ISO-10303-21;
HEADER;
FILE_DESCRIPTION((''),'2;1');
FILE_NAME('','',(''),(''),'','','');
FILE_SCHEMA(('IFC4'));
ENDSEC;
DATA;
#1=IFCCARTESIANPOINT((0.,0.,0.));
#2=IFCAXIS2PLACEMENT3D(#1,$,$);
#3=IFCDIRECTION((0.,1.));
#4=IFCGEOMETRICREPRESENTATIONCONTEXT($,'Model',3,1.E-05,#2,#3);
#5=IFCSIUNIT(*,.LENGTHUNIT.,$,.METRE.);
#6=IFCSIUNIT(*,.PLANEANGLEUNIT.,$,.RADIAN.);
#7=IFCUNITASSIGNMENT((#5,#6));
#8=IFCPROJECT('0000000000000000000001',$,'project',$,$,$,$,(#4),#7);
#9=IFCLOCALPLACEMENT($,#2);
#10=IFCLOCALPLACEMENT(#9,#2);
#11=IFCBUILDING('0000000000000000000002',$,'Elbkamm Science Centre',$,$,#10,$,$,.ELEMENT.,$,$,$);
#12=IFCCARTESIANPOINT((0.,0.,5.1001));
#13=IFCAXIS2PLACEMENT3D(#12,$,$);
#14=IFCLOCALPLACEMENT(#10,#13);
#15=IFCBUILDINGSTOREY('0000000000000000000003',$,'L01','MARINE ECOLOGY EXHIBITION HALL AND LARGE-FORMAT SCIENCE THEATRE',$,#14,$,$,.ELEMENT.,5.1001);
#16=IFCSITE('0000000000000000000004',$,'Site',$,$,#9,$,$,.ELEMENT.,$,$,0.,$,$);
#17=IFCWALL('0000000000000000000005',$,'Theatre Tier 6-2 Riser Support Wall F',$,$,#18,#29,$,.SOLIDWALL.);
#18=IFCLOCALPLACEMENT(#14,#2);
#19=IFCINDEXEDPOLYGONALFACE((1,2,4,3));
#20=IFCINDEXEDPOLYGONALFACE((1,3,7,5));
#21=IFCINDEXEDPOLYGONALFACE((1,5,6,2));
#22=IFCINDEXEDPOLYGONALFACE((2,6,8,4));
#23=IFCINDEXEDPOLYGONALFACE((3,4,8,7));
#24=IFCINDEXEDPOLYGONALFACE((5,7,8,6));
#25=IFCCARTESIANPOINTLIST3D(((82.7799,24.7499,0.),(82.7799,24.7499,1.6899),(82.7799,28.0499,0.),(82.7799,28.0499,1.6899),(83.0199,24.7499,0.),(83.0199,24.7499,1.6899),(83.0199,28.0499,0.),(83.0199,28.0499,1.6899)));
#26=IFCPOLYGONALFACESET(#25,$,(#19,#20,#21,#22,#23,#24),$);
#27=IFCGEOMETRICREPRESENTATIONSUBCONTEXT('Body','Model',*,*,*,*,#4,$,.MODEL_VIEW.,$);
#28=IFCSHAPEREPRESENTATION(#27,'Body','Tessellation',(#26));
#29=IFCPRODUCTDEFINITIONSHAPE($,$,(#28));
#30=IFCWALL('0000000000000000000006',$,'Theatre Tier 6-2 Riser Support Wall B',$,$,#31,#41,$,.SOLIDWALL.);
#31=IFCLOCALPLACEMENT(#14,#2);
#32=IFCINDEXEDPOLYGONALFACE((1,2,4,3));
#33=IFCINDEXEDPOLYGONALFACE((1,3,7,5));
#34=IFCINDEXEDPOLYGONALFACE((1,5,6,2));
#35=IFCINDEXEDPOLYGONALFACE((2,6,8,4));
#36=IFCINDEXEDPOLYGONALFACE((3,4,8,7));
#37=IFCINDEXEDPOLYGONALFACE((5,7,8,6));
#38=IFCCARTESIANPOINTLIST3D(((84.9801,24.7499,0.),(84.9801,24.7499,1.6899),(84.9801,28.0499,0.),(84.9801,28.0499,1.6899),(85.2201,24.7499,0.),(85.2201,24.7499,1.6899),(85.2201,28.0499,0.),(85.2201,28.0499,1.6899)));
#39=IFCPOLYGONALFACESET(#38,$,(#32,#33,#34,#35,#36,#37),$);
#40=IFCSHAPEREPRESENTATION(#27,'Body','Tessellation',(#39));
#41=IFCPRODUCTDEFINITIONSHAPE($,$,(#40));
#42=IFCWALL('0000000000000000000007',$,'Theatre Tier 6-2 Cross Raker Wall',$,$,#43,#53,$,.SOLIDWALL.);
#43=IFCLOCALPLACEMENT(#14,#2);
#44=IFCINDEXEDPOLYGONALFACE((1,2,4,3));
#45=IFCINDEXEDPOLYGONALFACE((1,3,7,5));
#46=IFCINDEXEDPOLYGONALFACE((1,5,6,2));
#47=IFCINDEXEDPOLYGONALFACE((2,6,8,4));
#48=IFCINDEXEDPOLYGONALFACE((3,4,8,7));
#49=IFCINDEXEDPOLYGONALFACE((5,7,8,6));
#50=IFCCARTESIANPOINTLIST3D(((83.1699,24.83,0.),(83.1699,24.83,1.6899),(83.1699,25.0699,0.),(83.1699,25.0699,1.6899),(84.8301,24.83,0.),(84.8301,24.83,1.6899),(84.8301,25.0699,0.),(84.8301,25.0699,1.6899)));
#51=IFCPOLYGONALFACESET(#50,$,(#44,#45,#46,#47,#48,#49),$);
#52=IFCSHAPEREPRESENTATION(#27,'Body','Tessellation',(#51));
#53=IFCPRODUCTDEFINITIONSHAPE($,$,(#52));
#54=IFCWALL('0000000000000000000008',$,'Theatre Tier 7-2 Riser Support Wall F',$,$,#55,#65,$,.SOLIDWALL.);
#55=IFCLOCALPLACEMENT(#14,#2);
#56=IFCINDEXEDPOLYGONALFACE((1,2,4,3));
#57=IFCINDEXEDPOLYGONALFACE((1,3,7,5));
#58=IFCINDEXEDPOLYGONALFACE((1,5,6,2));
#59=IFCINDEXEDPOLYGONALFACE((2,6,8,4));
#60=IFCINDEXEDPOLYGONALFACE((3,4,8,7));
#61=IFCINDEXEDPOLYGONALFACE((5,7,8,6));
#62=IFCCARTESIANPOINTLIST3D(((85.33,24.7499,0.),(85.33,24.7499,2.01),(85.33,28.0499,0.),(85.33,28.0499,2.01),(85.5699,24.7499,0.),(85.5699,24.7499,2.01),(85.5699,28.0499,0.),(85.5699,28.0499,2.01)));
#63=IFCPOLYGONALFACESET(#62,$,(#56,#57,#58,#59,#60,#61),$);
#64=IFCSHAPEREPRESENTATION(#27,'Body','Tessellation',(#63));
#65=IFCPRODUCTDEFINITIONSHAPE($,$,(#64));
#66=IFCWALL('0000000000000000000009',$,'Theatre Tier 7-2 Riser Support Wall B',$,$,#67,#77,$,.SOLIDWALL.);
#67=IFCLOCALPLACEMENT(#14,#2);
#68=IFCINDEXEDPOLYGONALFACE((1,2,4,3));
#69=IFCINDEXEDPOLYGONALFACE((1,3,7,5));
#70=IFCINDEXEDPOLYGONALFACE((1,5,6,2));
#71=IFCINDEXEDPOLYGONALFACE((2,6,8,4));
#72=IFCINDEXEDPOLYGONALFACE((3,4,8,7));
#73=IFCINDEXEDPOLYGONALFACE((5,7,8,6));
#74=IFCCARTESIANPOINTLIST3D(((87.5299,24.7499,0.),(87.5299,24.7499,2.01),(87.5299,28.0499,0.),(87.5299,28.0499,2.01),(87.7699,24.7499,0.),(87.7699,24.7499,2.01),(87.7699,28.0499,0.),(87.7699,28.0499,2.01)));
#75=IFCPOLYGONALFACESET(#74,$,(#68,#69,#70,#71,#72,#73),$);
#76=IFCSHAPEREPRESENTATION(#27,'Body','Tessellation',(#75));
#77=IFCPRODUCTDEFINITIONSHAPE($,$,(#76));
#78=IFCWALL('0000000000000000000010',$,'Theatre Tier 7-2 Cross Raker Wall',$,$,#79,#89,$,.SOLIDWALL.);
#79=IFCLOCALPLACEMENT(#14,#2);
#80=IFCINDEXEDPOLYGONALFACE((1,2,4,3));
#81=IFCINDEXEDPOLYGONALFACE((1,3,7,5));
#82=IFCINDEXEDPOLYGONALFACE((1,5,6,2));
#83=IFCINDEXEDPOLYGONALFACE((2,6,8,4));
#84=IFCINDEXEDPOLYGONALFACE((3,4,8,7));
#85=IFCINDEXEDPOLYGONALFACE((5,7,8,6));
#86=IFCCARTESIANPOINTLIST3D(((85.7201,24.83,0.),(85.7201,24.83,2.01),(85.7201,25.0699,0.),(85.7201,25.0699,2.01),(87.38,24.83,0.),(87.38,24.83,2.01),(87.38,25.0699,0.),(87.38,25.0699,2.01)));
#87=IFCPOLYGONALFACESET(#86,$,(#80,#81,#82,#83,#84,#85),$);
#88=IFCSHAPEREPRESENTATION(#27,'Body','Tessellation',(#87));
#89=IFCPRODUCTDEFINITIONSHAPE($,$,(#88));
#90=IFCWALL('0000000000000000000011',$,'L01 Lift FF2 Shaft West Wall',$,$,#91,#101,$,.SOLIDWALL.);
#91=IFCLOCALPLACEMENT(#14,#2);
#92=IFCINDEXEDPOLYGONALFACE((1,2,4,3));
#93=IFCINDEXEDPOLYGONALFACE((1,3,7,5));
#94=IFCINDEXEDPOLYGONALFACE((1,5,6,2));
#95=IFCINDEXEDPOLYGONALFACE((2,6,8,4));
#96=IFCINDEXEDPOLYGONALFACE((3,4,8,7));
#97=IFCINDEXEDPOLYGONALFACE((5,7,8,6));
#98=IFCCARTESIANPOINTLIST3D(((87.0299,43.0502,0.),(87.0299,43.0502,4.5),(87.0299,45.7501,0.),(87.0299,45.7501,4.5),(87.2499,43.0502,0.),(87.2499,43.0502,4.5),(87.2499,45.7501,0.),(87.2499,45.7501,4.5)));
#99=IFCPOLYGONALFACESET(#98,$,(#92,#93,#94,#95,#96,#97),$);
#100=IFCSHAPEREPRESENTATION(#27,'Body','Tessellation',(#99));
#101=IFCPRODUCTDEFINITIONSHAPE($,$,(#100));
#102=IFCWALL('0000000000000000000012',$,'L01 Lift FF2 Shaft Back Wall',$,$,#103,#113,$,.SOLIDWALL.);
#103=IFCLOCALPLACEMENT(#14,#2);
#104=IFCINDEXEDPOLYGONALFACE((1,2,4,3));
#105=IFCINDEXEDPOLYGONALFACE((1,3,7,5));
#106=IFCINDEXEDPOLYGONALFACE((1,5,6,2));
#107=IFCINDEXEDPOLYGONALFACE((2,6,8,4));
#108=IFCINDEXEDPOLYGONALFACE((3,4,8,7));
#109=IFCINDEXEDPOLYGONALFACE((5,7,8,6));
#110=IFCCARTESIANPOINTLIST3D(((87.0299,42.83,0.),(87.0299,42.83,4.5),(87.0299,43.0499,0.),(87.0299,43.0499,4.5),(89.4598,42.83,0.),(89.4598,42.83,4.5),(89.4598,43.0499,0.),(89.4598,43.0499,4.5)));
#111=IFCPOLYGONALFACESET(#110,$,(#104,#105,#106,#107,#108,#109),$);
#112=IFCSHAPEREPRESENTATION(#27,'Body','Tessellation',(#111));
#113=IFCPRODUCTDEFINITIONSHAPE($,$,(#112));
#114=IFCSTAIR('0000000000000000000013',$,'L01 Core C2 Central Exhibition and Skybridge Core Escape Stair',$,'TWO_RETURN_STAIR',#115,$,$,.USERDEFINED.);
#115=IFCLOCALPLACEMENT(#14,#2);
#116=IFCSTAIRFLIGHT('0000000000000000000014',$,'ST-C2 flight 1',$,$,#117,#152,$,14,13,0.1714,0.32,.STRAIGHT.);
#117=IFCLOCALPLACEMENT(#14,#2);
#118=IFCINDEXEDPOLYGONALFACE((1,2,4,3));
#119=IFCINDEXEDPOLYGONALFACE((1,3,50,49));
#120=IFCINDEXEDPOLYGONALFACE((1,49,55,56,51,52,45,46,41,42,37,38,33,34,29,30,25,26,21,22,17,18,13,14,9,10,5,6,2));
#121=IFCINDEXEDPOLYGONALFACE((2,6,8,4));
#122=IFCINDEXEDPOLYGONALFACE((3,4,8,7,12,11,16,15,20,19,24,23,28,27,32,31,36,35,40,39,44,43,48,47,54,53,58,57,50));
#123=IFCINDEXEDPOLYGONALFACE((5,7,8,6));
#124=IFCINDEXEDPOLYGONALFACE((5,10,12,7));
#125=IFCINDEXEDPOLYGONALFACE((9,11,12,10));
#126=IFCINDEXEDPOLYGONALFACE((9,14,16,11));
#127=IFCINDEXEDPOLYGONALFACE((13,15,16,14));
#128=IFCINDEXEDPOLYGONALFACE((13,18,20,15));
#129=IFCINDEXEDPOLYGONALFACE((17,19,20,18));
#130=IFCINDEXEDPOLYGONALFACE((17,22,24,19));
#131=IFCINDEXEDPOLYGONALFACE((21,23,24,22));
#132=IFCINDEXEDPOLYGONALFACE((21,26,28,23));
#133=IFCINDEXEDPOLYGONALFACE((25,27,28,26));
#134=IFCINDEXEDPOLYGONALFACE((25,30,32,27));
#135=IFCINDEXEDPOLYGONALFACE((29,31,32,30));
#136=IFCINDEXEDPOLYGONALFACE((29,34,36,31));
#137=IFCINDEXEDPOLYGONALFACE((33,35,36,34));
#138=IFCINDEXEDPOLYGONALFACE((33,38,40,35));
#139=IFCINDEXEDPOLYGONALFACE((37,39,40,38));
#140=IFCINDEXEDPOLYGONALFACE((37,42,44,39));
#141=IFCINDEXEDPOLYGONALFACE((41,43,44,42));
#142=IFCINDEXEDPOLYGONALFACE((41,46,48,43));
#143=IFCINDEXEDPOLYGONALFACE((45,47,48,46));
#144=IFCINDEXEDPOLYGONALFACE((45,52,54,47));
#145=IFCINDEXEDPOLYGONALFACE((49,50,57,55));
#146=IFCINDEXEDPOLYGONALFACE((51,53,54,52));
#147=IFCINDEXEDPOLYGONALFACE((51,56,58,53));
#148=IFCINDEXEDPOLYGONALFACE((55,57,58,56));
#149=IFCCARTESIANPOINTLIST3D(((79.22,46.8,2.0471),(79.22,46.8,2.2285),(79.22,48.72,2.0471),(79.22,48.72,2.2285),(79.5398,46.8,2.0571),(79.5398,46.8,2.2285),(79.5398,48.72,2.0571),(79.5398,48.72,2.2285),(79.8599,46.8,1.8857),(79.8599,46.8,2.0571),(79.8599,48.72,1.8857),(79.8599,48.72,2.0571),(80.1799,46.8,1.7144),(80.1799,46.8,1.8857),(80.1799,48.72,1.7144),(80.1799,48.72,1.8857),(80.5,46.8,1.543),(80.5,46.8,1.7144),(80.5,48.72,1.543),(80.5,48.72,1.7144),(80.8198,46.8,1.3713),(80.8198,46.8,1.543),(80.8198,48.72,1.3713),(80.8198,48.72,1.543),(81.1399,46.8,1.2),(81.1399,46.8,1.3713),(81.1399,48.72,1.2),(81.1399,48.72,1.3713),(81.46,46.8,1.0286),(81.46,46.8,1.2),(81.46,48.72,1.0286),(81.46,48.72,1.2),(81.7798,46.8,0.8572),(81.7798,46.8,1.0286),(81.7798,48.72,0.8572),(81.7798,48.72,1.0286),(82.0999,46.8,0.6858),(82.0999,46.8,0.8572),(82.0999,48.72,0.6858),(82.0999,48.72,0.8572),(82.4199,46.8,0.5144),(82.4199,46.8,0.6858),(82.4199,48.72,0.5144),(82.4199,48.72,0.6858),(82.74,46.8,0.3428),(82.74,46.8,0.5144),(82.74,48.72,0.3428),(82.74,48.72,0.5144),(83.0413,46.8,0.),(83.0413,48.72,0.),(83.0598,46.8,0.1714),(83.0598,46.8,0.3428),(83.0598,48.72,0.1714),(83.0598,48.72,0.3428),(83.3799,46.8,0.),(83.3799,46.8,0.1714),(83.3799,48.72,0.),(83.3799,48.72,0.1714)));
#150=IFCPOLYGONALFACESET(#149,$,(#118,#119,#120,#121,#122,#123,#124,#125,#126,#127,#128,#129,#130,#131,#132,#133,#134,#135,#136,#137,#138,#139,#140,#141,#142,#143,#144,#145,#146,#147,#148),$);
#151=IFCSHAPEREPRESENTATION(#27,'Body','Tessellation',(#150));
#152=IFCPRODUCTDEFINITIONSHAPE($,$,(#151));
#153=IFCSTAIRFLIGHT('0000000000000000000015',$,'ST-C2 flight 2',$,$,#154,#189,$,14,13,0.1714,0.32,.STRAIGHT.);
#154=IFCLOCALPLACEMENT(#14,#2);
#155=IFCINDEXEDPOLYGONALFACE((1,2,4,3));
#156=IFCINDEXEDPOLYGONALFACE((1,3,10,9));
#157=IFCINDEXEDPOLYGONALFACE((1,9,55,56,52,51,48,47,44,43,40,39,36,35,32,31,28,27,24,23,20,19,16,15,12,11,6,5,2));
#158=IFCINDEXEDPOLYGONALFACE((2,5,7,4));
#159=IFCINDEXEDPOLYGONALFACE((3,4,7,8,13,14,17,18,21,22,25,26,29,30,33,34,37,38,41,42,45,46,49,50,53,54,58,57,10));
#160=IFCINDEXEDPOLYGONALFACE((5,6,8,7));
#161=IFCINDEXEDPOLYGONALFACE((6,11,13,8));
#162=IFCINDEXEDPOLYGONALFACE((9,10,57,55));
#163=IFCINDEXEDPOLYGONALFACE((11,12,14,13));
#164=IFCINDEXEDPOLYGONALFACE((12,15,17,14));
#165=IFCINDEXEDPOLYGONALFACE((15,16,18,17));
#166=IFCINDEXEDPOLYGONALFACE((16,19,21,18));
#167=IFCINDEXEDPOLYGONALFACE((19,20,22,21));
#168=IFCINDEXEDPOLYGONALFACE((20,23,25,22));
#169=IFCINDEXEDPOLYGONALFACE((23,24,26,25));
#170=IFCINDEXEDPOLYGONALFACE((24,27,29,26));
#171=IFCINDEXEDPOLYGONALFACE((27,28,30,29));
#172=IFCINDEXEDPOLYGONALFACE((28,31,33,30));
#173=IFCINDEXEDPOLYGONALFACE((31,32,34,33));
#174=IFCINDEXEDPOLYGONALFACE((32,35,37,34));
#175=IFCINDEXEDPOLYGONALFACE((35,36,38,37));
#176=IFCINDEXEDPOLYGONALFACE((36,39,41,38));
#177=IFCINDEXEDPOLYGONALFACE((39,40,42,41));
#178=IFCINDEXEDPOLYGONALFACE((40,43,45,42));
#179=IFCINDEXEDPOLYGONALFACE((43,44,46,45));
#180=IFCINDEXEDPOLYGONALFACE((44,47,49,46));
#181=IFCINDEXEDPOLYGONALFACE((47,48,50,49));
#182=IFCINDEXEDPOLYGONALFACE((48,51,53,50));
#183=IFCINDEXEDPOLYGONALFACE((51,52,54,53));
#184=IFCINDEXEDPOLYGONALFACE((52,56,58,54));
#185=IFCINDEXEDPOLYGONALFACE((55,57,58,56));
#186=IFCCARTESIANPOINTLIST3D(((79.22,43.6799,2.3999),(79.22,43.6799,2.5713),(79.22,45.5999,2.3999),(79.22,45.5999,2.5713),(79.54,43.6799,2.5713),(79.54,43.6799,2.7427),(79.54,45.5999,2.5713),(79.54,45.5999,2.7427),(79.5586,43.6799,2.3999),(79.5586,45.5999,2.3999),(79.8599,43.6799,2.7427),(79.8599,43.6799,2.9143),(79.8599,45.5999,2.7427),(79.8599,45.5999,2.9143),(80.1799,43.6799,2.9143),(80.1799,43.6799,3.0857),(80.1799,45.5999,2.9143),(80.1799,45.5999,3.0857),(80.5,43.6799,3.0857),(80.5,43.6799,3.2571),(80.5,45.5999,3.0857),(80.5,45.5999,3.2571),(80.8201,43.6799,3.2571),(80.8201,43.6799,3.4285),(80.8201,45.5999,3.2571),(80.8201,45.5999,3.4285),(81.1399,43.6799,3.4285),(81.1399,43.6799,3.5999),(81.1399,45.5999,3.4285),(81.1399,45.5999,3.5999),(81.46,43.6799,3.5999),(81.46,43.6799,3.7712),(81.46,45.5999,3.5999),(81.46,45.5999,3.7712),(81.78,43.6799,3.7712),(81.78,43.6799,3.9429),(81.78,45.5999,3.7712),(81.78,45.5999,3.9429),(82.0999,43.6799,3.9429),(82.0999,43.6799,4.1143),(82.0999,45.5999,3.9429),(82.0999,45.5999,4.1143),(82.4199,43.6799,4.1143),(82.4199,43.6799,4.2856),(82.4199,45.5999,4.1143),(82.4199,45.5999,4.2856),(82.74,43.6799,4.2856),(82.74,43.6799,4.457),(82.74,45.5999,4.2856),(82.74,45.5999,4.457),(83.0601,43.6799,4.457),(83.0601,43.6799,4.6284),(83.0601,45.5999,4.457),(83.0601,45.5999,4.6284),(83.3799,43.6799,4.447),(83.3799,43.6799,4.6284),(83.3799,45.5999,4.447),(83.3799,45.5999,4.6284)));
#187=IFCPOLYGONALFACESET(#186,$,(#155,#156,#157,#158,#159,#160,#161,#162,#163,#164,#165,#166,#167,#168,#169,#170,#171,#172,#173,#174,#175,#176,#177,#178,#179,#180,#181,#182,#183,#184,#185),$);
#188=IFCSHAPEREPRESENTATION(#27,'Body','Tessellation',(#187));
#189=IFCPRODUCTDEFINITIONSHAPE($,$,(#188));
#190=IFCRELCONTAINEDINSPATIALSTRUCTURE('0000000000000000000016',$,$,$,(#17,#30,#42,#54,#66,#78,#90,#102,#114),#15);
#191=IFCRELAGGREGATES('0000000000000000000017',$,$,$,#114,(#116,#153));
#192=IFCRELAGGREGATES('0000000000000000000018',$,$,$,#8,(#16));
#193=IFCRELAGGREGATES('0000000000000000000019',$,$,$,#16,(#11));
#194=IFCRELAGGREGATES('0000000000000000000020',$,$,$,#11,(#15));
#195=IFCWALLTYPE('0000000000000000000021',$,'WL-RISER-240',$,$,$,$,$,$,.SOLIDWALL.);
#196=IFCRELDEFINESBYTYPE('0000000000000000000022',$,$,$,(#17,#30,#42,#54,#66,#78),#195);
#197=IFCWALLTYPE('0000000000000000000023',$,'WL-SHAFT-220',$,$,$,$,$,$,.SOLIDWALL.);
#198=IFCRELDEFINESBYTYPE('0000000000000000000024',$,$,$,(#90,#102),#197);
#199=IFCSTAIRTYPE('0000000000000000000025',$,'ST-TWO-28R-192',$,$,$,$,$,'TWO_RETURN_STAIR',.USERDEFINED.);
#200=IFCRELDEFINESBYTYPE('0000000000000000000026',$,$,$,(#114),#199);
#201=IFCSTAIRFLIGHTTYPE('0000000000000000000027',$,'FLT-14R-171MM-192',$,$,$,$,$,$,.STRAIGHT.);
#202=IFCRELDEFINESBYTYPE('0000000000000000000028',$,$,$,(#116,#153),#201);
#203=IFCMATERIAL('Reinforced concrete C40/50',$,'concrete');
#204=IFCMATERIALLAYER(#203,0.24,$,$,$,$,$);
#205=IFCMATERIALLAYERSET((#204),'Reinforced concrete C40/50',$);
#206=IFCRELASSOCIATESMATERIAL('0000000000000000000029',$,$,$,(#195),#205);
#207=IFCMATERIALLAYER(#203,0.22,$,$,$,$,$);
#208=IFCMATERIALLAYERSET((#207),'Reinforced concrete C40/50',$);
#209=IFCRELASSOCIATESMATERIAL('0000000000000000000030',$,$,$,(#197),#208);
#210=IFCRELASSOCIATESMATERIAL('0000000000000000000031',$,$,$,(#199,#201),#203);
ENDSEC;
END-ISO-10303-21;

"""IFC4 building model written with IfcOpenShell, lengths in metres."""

from ifc_helpers import new_model, si_unit, direction, frame, frame_2d, origin, place, context, subcontext, project, spatial, polyline, rectangle, outline, extrude, material, layer, layer_set, type_object, element, aggregate, save


model = new_model("IFC4")

# Units and contexts
model_context = context("Model", 3, precision=1e-05, world=origin(), true_north=direction((0.0, 1.0)))
body_context = subcontext(model_context, "Body", "Model", "MODEL_VIEW")
ifc_project = project(units=[si_unit("LENGTHUNIT", "METRE"), si_unit("PLANEANGLEUNIT", "RADIAN")], contexts=[model_context])

# Site, building, storey
site_placement = place(None, origin())
site = spatial("IfcSite", under=ifc_project, at=site_placement, Name="Site", CompositionType="ELEMENT", RefElevation=0.0)
building_placement = place(site_placement, origin())
building = spatial("IfcBuilding", under=site, at=building_placement, Name="Elbkamm Science Centre", CompositionType="ELEMENT")
storey_placement = place(building_placement, frame((0.0, 0.0, 5.1001)))
storey = spatial("IfcBuildingStorey", under=building, at=storey_placement, Name="L01", Description="MARINE ECOLOGY EXHIBITION HALL AND LARGE-FORMAT SCIENCE THEATRE", CompositionType="ELEMENT", Elevation=5.1001)

# Shared definitions
ifc_material_1 = material(Name="Reinforced concrete C40/50", Category="concrete")

# Walls
ifc_layer_1 = layer(ifc_material_1, 0.24)
ifc_layer_set_1 = layer_set([ifc_layer_1], Name="Reinforced concrete C40/50")
wall_type_1 = type_object("IfcWallType", Name="WL-RISER-240", PredefinedType="SOLIDWALL", material=ifc_layer_set_1)
for number, where, z_axis, x_axis, name in (
    (1, (82.8999, 24.75, 0.0), (0.0, 0.0, 1.0), (0.0, 1.0, 0.0), "Theatre Tier 6-2 Riser Support Wall F"),
    (2, (85.1001, 24.75, 0.0), (0.0, 0.0, 1.0), (0.0, 1.0, 0.0), "Theatre Tier 6-2 Riser Support Wall B"),
):
    element("IfcWall", number, at=place(storey_placement, frame(where, z_axis=z_axis, x_axis=x_axis)), inside=storey, type_object=wall_type_1, Name=name, PredefinedType="SOLIDWALL", context=body_context, shape_type="SweptSolid", body=[
        extrude(rectangle(XDim=3.3, YDim=0.24, at=frame_2d((1.6499, 0.0))), origin(), (0.0, 0.0, 1.0), 1.6899),
    ])
wall_1_placement = place(storey_placement, frame((83.1699, 24.95, 0.0), z_axis=(0.0, 0.0, 1.0), x_axis=(1.0, 0.0, 0.0)))
element("IfcWall", 3, at=wall_1_placement, inside=storey, type_object=wall_type_1, Name="Theatre Tier 6-2 Cross Raker Wall", PredefinedType="SOLIDWALL", context=body_context, shape_type="SweptSolid", body=[
    extrude(rectangle(XDim=1.6602, YDim=0.24, at=frame_2d((0.8301, 0.0))), origin(), (0.0, 0.0, 1.0), 1.6899),
])
for number, where, z_axis, x_axis, name in (
    (4, (85.45, 24.75, 0.0), (0.0, 0.0, 1.0), (0.0, 1.0, 0.0), "Theatre Tier 7-2 Riser Support Wall F"),
    (5, (87.6499, 24.75, 0.0), (0.0, 0.0, 1.0), (0.0, 1.0, 0.0), "Theatre Tier 7-2 Riser Support Wall B"),
):
    element("IfcWall", number, at=place(storey_placement, frame(where, z_axis=z_axis, x_axis=x_axis)), inside=storey, type_object=wall_type_1, Name=name, PredefinedType="SOLIDWALL", context=body_context, shape_type="SweptSolid", body=[
        extrude(rectangle(XDim=3.3, YDim=0.24, at=frame_2d((1.6499, 0.0))), origin(), (0.0, 0.0, 1.0), 2.01),
    ])
wall_2_placement = place(storey_placement, frame((85.72, 24.95, 0.0), z_axis=(0.0, 0.0, 1.0), x_axis=(1.0, 0.0, 0.0)))
element("IfcWall", 6, at=wall_2_placement, inside=storey, type_object=wall_type_1, Name="Theatre Tier 7-2 Cross Raker Wall", PredefinedType="SOLIDWALL", context=body_context, shape_type="SweptSolid", body=[
    extrude(rectangle(XDim=1.6599, YDim=0.24, at=frame_2d((0.8301, 0.0))), origin(), (0.0, 0.0, 1.0), 2.01),
])
ifc_layer_2 = layer(ifc_material_1, 0.22)
ifc_layer_set_2 = layer_set([ifc_layer_2], Name="Reinforced concrete C40/50")
wall_type_2 = type_object("IfcWallType", Name="WL-SHAFT-220", PredefinedType="SOLIDWALL", material=ifc_layer_set_2)
wall_3_placement = place(storey_placement, frame((87.1399, 43.05, 0.0), z_axis=(0.0, 0.0, 1.0), x_axis=(0.0, 1.0, 0.0)))
element("IfcWall", 7, at=wall_3_placement, inside=storey, type_object=wall_type_2, Name="L01 Lift FF2 Shaft West Wall", PredefinedType="SOLIDWALL", context=body_context, shape_type="SweptSolid", body=[
    extrude(rectangle(XDim=2.7, YDim=0.22, at=frame_2d((1.3501, 0.0))), origin(), (0.0, 0.0, 1.0), 4.5),
])
wall_4_placement = place(storey_placement, frame((87.03, 42.9399, 0.0), z_axis=(0.0, 0.0, 1.0), x_axis=(1.0, 0.0, 0.0)))
element("IfcWall", 8, at=wall_4_placement, inside=storey, type_object=wall_type_2, Name="L01 Lift FF2 Shaft Back Wall", PredefinedType="SOLIDWALL", context=body_context, shape_type="SweptSolid", body=[
    extrude(rectangle(XDim=2.4299, YDim=0.22, at=frame_2d((1.2148, 0.0))), origin(), (0.0, 0.0, 1.0), 4.5),
])

# Stair, stair flights
stair_type = type_object("IfcStairType", Name="ST-TWO-28R-192", ElementType="TWO_RETURN_STAIR", PredefinedType="USERDEFINED", material=ifc_material_1)
stair_placement = place(storey_placement, origin())
stair = element("IfcStair", 9, at=stair_placement, inside=storey, type_object=stair_type, Name="L01 Core C2 Central Exhibition and Skybridge Core Escape Stair", ObjectType="TWO_RETURN_STAIR", PredefinedType="USERDEFINED")
stair_flight_type = type_object("IfcStairFlightType", Name="FLT-14R-171MM-192", PredefinedType="STRAIGHT", material=ifc_material_1)
stair_flight_1_placement = place(storey_placement, frame((83.3799, 47.76, 0.0), z_axis=(0.0, 0.0, 1.0), x_axis=(-1.0, 0.0, 0.0)))
stair_flight_1 = element("IfcStairFlight", 10, at=stair_flight_1_placement, type_object=stair_flight_type, Name="ST-C2 flight 1", NumberOfRisers=14, NumberOfTreads=13, PredefinedType="STRAIGHT", RiserHeight=0.1714, TreadLength=0.32, context=body_context, shape_type="SweptSolid", body=[
    extrude(outline(polyline([(0.0, 0.0), (0.0, 0.1714), (0.3201, 0.1714), (0.3201, 0.3428), (0.6399, 0.3428), (0.6399, 0.5144), (0.96, 0.5144), (0.96, 0.6858), (1.28, 0.6858), (1.28, 0.8572), (1.6001, 0.8572), (1.6001, 1.0286), (1.9199, 1.0286), (1.9199, 1.2), (2.24, 1.2), (2.24, 1.3713), (2.5601, 1.3713), (2.5601, 1.543), (2.8799, 1.543), (2.8799, 1.7144), (3.2, 1.7144), (3.2, 1.8857), (3.52, 1.8857), (3.52, 2.0571), (3.8401, 2.0571), (3.8401, 2.2285), (4.1599, 2.2285), (4.1599, 2.3999), (4.1599, 2.0471), (0.3386, 0.0), (0.0, 0.0)])), frame((0.0, 0.96, 0.0), z_axis=(0.0, -1.0, 0.0), x_axis=(1.0, 0.0, 0.0)), (0.0, 0.0, 1.0), 1.9199),
])
stair_flight_2_placement = place(storey_placement, frame((79.22, 44.6399, 2.3999), z_axis=(0.0, 0.0, 1.0), x_axis=(1.0, 0.0, 0.0)))
stair_flight_2 = element("IfcStairFlight", 11, at=stair_flight_2_placement, type_object=stair_flight_type, Name="ST-C2 flight 2", NumberOfRisers=14, NumberOfTreads=13, PredefinedType="STRAIGHT", RiserHeight=0.1714, TreadLength=0.32, context=body_context, shape_type="SweptSolid", body=[
    extrude(outline(polyline([(0.0, 0.0), (0.0, 0.1714), (0.3201, 0.1714), (0.3201, 0.3428), (0.6399, 0.3428), (0.6399, 0.5144), (0.96, 0.5144), (0.96, 0.6858), (1.28, 0.6858), (1.28, 0.8572), (1.6001, 0.8572), (1.6001, 1.0286), (1.9199, 1.0286), (1.9199, 1.2), (2.24, 1.2), (2.24, 1.3713), (2.5601, 1.3713), (2.5601, 1.543), (2.8799, 1.543), (2.8799, 1.7144), (3.2, 1.7144), (3.2, 1.8857), (3.52, 1.8857), (3.52, 2.0571), (3.8401, 2.0571), (3.8401, 2.2285), (4.1599, 2.2285), (4.1599, 2.3999), (4.1599, 2.0471), (0.3386, 0.0), (0.0, 0.0)])), frame((0.0, 0.96, 0.0), z_axis=(0.0, -1.0, 0.0), x_axis=(1.0, 0.0, 0.0)), (0.0, 0.0, 1.0), 1.9199),
])
aggregate(stair, [stair_flight_1, stair_flight_2])

save(model, "model.ifc")
